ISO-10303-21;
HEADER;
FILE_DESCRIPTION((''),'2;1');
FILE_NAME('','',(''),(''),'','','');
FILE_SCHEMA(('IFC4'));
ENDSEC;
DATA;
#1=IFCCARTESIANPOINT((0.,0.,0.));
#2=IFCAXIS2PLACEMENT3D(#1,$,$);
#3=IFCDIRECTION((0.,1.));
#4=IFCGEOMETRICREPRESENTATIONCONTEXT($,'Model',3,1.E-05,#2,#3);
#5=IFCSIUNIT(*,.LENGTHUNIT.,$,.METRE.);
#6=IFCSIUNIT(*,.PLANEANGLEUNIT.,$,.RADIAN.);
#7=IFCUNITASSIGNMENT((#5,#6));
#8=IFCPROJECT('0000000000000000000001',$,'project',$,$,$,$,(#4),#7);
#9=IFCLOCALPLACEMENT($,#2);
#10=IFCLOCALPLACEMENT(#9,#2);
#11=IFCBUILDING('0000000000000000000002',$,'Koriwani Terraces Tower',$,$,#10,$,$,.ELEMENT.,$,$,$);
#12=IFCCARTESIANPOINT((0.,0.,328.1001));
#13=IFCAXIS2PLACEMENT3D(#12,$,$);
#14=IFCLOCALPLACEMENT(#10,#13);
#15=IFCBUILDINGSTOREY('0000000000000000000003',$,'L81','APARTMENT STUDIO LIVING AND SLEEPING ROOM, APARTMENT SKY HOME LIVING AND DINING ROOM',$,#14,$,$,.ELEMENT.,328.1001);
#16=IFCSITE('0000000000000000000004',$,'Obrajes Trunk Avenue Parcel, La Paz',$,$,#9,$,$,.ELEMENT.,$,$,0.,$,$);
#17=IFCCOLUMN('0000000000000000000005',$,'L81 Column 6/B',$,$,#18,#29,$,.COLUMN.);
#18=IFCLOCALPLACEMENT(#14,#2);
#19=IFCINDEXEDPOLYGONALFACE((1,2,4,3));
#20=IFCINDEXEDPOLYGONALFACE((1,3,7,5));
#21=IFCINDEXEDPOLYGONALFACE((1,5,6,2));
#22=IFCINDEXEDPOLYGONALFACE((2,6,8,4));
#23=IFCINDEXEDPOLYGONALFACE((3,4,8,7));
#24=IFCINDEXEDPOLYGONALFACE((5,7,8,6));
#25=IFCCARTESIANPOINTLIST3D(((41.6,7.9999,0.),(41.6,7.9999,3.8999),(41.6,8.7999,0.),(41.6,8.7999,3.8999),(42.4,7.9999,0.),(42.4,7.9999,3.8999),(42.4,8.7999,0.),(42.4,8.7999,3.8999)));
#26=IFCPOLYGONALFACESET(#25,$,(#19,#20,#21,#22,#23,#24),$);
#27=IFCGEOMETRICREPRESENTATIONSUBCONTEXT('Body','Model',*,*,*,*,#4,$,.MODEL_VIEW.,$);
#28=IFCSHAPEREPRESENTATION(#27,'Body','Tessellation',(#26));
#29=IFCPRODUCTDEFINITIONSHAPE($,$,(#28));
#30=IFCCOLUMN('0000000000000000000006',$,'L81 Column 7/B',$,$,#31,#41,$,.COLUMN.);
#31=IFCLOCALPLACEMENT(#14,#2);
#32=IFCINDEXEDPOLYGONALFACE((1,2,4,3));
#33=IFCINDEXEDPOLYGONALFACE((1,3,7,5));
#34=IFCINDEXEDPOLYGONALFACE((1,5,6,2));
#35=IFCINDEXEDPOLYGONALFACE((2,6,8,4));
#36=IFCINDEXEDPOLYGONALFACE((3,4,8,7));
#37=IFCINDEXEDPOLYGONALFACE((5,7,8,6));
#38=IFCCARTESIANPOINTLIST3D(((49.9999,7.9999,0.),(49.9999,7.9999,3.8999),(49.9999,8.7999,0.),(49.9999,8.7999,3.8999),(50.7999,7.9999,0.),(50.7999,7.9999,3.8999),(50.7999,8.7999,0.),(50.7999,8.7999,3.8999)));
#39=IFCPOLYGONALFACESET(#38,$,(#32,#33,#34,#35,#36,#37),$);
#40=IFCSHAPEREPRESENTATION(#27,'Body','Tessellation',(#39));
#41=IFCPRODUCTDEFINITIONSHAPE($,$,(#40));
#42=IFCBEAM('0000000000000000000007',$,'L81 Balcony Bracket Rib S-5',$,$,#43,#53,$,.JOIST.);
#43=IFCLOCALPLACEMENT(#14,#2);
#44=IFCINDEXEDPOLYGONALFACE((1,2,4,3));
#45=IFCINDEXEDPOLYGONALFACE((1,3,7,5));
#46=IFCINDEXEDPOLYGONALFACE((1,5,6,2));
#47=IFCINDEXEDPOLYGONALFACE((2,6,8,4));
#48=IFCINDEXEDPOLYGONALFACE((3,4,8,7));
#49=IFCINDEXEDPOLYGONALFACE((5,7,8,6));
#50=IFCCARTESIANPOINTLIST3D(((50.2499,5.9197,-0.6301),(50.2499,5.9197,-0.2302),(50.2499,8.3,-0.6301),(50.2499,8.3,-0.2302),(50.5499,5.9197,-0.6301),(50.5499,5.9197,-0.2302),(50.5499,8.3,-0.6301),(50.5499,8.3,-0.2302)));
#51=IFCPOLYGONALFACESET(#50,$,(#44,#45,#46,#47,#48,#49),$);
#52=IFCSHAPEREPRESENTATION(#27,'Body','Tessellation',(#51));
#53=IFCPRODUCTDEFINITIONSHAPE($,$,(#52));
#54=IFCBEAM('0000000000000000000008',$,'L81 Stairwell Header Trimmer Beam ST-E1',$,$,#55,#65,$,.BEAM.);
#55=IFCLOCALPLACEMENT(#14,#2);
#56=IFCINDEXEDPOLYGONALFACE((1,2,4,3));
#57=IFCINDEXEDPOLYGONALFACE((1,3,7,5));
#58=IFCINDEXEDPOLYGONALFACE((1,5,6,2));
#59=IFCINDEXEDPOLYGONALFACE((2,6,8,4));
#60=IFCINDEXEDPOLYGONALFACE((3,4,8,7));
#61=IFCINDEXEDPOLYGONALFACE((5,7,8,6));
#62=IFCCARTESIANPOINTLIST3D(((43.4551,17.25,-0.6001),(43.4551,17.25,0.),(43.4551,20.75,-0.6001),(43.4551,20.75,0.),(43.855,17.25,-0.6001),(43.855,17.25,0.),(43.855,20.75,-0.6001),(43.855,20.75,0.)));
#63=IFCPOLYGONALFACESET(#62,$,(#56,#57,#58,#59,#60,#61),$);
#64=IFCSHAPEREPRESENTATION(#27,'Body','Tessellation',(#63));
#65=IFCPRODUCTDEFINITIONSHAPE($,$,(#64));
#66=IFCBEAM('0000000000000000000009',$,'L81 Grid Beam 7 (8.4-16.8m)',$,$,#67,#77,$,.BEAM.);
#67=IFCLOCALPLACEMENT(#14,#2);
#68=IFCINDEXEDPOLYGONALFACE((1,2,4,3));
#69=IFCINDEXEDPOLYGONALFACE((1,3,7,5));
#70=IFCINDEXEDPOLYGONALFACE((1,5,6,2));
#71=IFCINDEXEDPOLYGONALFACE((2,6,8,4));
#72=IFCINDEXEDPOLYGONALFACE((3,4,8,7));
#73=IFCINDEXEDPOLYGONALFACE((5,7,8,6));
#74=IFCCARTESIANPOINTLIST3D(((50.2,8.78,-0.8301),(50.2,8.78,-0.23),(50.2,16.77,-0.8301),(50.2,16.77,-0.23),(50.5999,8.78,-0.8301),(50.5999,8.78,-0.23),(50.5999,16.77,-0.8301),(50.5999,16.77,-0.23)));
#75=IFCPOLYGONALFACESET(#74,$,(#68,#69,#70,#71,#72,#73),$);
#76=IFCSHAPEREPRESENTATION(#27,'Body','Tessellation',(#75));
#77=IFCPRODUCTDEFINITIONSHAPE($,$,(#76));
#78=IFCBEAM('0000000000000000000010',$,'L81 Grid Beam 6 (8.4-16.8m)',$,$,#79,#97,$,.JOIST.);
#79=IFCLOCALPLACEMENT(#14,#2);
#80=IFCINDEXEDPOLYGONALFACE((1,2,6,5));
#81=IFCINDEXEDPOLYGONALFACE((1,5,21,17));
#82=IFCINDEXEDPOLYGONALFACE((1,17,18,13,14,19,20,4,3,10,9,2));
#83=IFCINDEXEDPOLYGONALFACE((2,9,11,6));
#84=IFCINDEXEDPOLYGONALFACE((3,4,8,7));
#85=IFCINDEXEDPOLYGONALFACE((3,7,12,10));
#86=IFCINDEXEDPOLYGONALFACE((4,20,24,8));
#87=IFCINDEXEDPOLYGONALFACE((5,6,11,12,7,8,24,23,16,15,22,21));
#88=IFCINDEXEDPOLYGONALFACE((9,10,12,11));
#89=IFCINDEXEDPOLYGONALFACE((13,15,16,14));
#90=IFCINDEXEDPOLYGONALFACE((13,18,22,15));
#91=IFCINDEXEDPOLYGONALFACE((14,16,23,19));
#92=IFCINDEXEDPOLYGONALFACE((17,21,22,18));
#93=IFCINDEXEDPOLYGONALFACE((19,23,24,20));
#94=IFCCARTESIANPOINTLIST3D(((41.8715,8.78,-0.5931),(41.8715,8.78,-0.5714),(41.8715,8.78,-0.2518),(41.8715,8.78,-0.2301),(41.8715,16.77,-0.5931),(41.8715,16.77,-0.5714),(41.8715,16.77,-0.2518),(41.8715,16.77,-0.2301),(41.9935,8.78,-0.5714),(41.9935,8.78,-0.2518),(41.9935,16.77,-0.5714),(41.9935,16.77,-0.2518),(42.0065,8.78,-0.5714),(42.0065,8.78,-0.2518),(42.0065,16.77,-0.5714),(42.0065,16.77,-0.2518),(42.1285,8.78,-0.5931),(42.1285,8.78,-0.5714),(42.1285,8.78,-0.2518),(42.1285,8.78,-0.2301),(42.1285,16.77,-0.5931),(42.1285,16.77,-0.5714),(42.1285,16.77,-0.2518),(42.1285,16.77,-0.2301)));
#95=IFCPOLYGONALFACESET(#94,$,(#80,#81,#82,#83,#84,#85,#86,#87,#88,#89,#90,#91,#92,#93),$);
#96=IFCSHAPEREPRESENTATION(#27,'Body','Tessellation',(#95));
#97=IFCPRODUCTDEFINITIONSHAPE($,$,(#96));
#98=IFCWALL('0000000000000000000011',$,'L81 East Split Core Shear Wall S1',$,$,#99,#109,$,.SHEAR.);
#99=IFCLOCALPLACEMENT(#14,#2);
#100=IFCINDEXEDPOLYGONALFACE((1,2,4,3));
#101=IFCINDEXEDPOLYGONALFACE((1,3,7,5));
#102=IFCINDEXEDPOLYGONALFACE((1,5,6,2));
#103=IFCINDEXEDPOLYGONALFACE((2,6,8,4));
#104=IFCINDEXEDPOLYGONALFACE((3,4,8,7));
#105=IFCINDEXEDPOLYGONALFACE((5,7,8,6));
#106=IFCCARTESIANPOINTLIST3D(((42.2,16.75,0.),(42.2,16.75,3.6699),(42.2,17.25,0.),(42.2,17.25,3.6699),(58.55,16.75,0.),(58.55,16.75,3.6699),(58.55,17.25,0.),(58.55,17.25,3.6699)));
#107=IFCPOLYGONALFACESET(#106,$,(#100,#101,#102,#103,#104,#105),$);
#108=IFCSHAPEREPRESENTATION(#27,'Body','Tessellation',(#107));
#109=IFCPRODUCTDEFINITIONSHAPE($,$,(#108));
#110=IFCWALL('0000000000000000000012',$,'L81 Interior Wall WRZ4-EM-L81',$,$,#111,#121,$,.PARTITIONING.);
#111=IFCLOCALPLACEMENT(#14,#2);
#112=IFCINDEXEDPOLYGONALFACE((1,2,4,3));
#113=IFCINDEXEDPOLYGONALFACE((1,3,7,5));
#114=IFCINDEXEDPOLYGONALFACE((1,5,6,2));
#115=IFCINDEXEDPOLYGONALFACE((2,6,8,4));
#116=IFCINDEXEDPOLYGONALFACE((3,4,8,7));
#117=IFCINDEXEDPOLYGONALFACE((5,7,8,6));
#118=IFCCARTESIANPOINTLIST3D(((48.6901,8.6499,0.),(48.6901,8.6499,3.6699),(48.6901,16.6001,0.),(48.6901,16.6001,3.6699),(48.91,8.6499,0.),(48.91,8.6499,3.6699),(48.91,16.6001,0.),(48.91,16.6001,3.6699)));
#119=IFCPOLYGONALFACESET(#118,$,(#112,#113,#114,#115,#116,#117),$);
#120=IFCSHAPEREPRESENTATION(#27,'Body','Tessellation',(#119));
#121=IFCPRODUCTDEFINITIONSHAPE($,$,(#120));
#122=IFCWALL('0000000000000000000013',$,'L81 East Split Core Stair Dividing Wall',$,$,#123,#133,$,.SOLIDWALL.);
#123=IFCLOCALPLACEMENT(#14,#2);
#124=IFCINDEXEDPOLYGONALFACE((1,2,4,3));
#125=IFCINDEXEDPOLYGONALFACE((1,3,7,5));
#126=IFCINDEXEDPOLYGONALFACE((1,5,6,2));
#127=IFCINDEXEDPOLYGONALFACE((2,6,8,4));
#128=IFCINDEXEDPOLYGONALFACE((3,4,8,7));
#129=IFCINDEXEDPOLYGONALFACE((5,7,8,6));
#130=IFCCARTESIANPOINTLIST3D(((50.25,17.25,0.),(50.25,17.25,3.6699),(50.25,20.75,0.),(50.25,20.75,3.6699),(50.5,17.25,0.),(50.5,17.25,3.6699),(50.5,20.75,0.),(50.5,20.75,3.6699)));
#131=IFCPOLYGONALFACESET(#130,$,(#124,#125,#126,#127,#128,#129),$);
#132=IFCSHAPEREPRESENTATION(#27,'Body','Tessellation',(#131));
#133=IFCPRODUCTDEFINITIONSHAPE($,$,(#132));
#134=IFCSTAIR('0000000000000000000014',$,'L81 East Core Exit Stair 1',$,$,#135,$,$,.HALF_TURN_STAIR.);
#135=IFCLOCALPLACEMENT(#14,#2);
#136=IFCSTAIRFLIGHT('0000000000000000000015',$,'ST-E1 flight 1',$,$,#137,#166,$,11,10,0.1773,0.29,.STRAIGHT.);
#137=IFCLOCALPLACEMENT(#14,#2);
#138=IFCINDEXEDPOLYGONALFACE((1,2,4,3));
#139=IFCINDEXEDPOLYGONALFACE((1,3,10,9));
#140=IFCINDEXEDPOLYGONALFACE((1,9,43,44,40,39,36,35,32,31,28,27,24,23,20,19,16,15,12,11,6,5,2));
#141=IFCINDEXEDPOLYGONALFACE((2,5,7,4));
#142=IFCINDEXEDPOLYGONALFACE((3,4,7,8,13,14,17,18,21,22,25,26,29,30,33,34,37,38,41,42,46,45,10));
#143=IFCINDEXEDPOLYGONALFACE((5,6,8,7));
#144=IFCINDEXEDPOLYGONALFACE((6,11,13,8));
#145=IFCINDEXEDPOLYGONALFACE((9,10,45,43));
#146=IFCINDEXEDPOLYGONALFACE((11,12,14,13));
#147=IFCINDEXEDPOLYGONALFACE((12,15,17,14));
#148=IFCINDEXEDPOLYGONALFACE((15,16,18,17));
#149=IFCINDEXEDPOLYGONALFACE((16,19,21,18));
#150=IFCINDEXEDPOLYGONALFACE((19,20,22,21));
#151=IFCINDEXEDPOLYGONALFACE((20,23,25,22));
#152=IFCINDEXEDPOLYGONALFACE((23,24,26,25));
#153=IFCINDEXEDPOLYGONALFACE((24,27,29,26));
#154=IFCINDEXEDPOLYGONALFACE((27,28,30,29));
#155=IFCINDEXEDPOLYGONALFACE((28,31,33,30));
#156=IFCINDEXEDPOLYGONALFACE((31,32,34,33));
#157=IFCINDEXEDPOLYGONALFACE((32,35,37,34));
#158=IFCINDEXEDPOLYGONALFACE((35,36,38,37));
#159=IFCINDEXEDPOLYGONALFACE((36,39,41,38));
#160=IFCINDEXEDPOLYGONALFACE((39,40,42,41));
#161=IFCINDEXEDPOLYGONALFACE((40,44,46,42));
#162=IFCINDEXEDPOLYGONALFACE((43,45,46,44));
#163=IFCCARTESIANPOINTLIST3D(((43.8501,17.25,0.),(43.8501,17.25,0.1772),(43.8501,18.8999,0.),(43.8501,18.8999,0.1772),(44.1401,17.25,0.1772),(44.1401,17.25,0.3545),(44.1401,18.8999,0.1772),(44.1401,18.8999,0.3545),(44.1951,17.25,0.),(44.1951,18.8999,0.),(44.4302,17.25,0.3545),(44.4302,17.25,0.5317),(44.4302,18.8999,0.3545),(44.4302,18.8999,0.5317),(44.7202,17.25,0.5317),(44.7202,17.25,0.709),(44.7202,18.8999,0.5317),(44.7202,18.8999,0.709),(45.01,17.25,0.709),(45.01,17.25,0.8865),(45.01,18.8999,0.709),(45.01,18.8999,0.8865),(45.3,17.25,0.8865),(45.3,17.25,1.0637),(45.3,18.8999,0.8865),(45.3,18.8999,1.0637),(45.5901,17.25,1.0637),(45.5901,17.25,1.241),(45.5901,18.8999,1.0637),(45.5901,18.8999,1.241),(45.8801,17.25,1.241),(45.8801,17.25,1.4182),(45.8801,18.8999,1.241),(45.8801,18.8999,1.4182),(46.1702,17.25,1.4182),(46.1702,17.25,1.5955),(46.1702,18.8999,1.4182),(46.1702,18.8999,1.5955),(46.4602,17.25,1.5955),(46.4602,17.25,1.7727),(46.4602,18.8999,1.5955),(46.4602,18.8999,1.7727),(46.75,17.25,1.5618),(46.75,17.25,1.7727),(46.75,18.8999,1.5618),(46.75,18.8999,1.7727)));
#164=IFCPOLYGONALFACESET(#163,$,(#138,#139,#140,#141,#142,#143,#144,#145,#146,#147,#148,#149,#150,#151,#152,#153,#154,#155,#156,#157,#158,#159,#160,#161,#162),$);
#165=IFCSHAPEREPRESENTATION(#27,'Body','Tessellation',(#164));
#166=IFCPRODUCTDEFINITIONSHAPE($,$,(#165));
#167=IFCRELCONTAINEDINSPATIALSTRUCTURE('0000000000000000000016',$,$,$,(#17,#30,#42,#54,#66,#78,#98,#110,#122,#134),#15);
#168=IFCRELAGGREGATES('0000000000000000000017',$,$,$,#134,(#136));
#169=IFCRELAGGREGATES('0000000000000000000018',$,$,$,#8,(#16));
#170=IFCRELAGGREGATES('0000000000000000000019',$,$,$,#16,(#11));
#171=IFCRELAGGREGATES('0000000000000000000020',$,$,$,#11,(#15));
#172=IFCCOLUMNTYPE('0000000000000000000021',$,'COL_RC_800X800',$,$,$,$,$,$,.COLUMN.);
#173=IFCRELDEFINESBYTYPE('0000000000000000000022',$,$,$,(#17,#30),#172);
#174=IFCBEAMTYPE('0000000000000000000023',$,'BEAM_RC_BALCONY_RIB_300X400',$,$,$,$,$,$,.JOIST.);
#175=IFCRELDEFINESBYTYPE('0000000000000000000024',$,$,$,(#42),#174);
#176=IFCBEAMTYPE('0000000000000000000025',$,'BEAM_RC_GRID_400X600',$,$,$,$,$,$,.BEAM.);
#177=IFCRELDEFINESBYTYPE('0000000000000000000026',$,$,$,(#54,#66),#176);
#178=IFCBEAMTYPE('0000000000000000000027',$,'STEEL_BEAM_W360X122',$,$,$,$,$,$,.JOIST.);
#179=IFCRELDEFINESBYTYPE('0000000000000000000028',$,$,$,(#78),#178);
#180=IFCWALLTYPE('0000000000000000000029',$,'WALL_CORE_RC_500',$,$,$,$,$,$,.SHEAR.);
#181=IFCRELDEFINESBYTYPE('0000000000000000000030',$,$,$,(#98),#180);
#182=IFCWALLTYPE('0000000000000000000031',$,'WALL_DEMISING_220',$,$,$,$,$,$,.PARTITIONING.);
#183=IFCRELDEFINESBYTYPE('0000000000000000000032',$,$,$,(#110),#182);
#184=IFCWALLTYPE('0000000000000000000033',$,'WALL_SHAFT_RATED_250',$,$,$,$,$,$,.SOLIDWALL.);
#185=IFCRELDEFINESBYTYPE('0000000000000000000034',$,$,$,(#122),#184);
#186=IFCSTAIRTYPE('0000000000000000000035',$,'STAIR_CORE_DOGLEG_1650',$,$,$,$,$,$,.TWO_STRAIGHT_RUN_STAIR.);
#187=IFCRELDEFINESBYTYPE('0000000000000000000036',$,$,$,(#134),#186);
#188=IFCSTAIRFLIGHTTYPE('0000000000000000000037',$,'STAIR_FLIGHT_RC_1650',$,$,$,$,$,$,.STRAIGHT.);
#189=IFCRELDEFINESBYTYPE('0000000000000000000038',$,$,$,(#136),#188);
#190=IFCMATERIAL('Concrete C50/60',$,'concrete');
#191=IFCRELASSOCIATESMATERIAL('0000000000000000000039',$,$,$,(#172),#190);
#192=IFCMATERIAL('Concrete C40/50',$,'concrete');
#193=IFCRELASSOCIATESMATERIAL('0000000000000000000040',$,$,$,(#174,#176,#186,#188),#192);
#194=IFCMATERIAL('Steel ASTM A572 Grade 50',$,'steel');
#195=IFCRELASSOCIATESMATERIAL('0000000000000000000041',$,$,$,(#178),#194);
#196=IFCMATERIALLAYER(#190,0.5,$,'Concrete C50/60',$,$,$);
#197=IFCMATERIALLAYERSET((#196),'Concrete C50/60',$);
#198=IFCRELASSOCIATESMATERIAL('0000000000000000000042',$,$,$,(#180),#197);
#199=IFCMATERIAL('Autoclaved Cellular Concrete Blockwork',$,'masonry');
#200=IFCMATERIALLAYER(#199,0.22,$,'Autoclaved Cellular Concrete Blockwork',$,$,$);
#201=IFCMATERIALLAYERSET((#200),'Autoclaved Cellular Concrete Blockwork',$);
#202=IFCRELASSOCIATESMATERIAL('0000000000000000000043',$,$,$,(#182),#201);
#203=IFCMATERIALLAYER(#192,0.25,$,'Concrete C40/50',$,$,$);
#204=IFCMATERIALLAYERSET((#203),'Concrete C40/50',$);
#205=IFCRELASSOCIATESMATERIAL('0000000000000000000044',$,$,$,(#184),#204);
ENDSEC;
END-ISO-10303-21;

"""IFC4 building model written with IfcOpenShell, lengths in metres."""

from ifc_helpers import new_model, si_unit, direction, frame, frame_2d, origin, origin_2d, place, context, subcontext, project, spatial, polyline, rectangle, i_section, outline, extrude, material, layer, layer_set, material_profile, profile_set, type_object, element, aggregate, save


model = new_model("IFC4")

# Units and contexts
model_context = context("Model", 3, precision=1e-05, world=origin(), true_north=direction((0.0, 1.0)))
body_context = subcontext(model_context, "Body", "Model", "MODEL_VIEW")
ifc_project = project(units=[si_unit("LENGTHUNIT", "METRE"), si_unit("PLANEANGLEUNIT", "RADIAN")], contexts=[model_context])

# Site, building, storey
site_placement = place(None, origin())
site = spatial("IfcSite", under=ifc_project, at=site_placement, Name="Obrajes Trunk Avenue Parcel, La Paz", CompositionType="ELEMENT", RefElevation=0.0)
building_placement = place(site_placement, origin())
building = spatial("IfcBuilding", under=site, at=building_placement, Name="Koriwani Terraces Tower", CompositionType="ELEMENT")
storey_placement = place(building_placement, frame((0.0, 0.0, 328.1001)))
storey = spatial("IfcBuildingStorey", under=building, at=storey_placement, Name="L81", Description="APARTMENT STUDIO LIVING AND SLEEPING ROOM, APARTMENT SKY HOME LIVING AND DINING ROOM", CompositionType="ELEMENT", Elevation=328.1001)

# Columns
ifc_material_1 = material(Name="Concrete C50/60", Category="concrete")
ifc_material_profile_1 = material_profile(ifc_material_1, rectangle(XDim=0.8, YDim=0.8, at=origin_2d()), Name="Concrete C50/60", Category="LoadBearing")
ifc_profile_set_1 = profile_set([ifc_material_profile_1], Name="Concrete C50/60")
column_type = type_object("IfcColumnType", Name="COL_RC_800X800", PredefinedType="COLUMN", material=ifc_profile_set_1)
for number, where, z_axis, x_axis, name in (
    (1, (42.0, 8.3999, 0.0), (0.0, 0.0, 1.0), (1.0, 0.0, 0.0), "L81 Column 6/B"),
    (2, (50.3999, 8.3999, 0.0), (0.0, 0.0, 1.0), (1.0, 0.0, 0.0), "L81 Column 7/B"),
):
    element("IfcColumn", number, at=place(storey_placement, frame(where, z_axis=z_axis, x_axis=x_axis)), inside=storey, type_object=column_type, Name=name, PredefinedType="COLUMN", context=body_context, shape_type="SweptSolid", body=[
        extrude(rectangle(XDim=0.8, YDim=0.8, at=origin_2d()), origin(), (0.0, 0.0, 1.0), 3.8999),
    ])

# Beams
ifc_material_2 = material(Name="Concrete C40/50", Category="concrete")
ifc_material_profile_2 = material_profile(ifc_material_2, rectangle(XDim=0.3, YDim=0.3999, at=origin_2d()), Name="Concrete C40/50", Category="LoadBearing")
ifc_profile_set_2 = profile_set([ifc_material_profile_2], Name="Concrete C40/50")
beam_type_1 = type_object("IfcBeamType", Name="BEAM_RC_BALCONY_RIB_300X400", PredefinedType="JOIST", material=ifc_profile_set_2)
beam_1_placement = place(storey_placement, frame((50.3999, 5.9197, -0.4302), z_axis=(0.0, 1.0, 0.0), x_axis=(-1.0, 0.0, 0.0)))
element("IfcBeam", 3, at=beam_1_placement, inside=storey, type_object=beam_type_1, Name="L81 Balcony Bracket Rib S-5", PredefinedType="JOIST", context=body_context, shape_type="SweptSolid", body=[
    extrude(rectangle(XDim=0.3, YDim=0.3999, at=origin_2d()), origin(), (0.0, 0.0, 1.0), 2.3804),
])
ifc_material_profile_3 = material_profile(ifc_material_2, rectangle(XDim=0.3999, YDim=0.6001, at=origin_2d()), Name="Concrete C40/50", Category="LoadBearing")
ifc_profile_set_3 = profile_set([ifc_material_profile_3], Name="Concrete C40/50")
beam_type_2 = type_object("IfcBeamType", Name="BEAM_RC_GRID_400X600", PredefinedType="BEAM", material=ifc_profile_set_3)
beam_2_placement = place(storey_placement, frame((43.655, 17.25, -0.3), z_axis=(0.0, 1.0, 0.0), x_axis=(-1.0, 0.0, 0.0)))
element("IfcBeam", 4, at=beam_2_placement, inside=storey, type_object=beam_type_2, Name="L81 Stairwell Header Trimmer Beam ST-E1", PredefinedType="BEAM", context=body_context, shape_type="SweptSolid", body=[
    extrude(rectangle(XDim=0.3999, YDim=0.6001, at=origin_2d()), origin(), (0.0, 0.0, 1.0), 3.5),
])
beam_3_placement = place(storey_placement, frame((50.3999, 8.78, -0.53), z_axis=(0.0, 1.0, 0.0), x_axis=(-1.0, 0.0, 0.0)))
element("IfcBeam", 5, at=beam_3_placement, inside=storey, type_object=beam_type_2, Name="L81 Grid Beam 7 (8.4-16.8m)", PredefinedType="BEAM", context=body_context, shape_type="SweptSolid", body=[
    extrude(rectangle(XDim=0.3999, YDim=0.6001, at=origin_2d()), origin(), (0.0, 0.0, 1.0), 7.99),
])
ifc_material_3 = material(Name="Steel ASTM A572 Grade 50", Category="steel")
ifc_material_profile_4 = material_profile(ifc_material_3, i_section(OverallWidth=0.2571, OverallDepth=0.363, WebThickness=0.0129, FlangeThickness=0.0217, at=origin_2d()), Name="Steel ASTM A572 Grade 50", Category="LoadBearing")
ifc_profile_set_4 = profile_set([ifc_material_profile_4], Name="Steel ASTM A572 Grade 50")
beam_type_3 = type_object("IfcBeamType", Name="STEEL_BEAM_W360X122", PredefinedType="JOIST", material=ifc_profile_set_4)
beam_4_placement = place(storey_placement, frame((42.0, 8.78, -0.4116), z_axis=(0.0, 1.0, 0.0), x_axis=(-1.0, 0.0, 0.0)))
element("IfcBeam", 6, at=beam_4_placement, inside=storey, type_object=beam_type_3, Name="L81 Grid Beam 6 (8.4-16.8m)", PredefinedType="JOIST", context=body_context, shape_type="SweptSolid", body=[
    extrude(i_section(OverallWidth=0.2571, OverallDepth=0.363, WebThickness=0.0129, FlangeThickness=0.0217, at=origin_2d()), origin(), (0.0, 0.0, 1.0), 7.99),
])

# Walls
ifc_layer_1 = layer(ifc_material_1, 0.5, Name="Concrete C50/60")
ifc_layer_set_1 = layer_set([ifc_layer_1], Name="Concrete C50/60")
wall_type_1 = type_object("IfcWallType", Name="WALL_CORE_RC_500", PredefinedType="SHEAR", material=ifc_layer_set_1)
wall_1_placement = place(storey_placement, frame((42.2, 17.0, 0.0), z_axis=(0.0, 0.0, 1.0), x_axis=(1.0, 0.0, 0.0)))
element("IfcWall", 7, at=wall_1_placement, inside=storey, type_object=wall_type_1, Name="L81 East Split Core Shear Wall S1", PredefinedType="SHEAR", context=body_context, shape_type="SweptSolid", body=[
    extrude(rectangle(XDim=16.3501, YDim=0.5, at=frame_2d((8.175, 0.0))), origin(), (0.0, 0.0, 1.0), 3.6699),
])
ifc_material_4 = material(Name="Autoclaved Cellular Concrete Blockwork", Category="masonry")
ifc_layer_2 = layer(ifc_material_4, 0.22, Name="Autoclaved Cellular Concrete Blockwork")
ifc_layer_set_2 = layer_set([ifc_layer_2], Name="Autoclaved Cellular Concrete Blockwork")
wall_type_2 = type_object("IfcWallType", Name="WALL_DEMISING_220", PredefinedType="PARTITIONING", material=ifc_layer_set_2)
wall_2_placement = place(storey_placement, frame((48.8, 8.6499, 0.0), z_axis=(0.0, 0.0, 1.0), x_axis=(0.0, 1.0, 0.0)))
element("IfcWall", 8, at=wall_2_placement, inside=storey, type_object=wall_type_2, Name="L81 Interior Wall WRZ4-EM-L81", PredefinedType="PARTITIONING", context=body_context, shape_type="SweptSolid", body=[
    extrude(rectangle(XDim=7.9502, YDim=0.22, at=frame_2d((3.9751, 0.0))), origin(), (0.0, 0.0, 1.0), 3.6699),
])
ifc_layer_3 = layer(ifc_material_2, 0.25, Name="Concrete C40/50")
ifc_layer_set_3 = layer_set([ifc_layer_3], Name="Concrete C40/50")
wall_type_3 = type_object("IfcWallType", Name="WALL_SHAFT_RATED_250", PredefinedType="SOLIDWALL", material=ifc_layer_set_3)
wall_3_placement = place(storey_placement, frame((50.375, 17.25, 0.0), z_axis=(0.0, 0.0, 1.0), x_axis=(0.0, 1.0, 0.0)))
element("IfcWall", 9, at=wall_3_placement, inside=storey, type_object=wall_type_3, Name="L81 East Split Core Stair Dividing Wall", PredefinedType="SOLIDWALL", context=body_context, shape_type="SweptSolid", body=[
    extrude(rectangle(XDim=3.5, YDim=0.25, at=frame_2d((1.75, 0.0))), origin(), (0.0, 0.0, 1.0), 3.6699),
])

# Stair, stair flight
stair_type = type_object("IfcStairType", Name="STAIR_CORE_DOGLEG_1650", PredefinedType="TWO_STRAIGHT_RUN_STAIR", material=ifc_material_2)
stair_placement = place(storey_placement, origin())
stair = element("IfcStair", 10, at=stair_placement, inside=storey, type_object=stair_type, Name="L81 East Core Exit Stair 1", PredefinedType="HALF_TURN_STAIR")
stair_flight_type = type_object("IfcStairFlightType", Name="STAIR_FLIGHT_RC_1650", PredefinedType="STRAIGHT", material=ifc_material_2)
stair_flight_placement = place(storey_placement, frame((43.8501, 18.075, 0.0), z_axis=(0.0, 0.0, 1.0), x_axis=(1.0, 0.0, 0.0)))
stair_flight = element("IfcStairFlight", 11, at=stair_flight_placement, type_object=stair_flight_type, Name="ST-E1 flight 1", NumberOfRisers=11, NumberOfTreads=10, PredefinedType="STRAIGHT", RiserHeight=0.1773, TreadLength=0.29, context=body_context, shape_type="SweptSolid", body=[
    extrude(outline(polyline([(0.0, 0.0), (0.0, 0.1772), (0.29, 0.1772), (0.29, 0.3545), (0.5801, 0.3545), (0.5801, 0.5317), (0.8701, 0.5317), (0.8701, 0.709), (1.1599, 0.709), (1.1599, 0.8865), (1.45, 0.8865), (1.45, 1.0637), (1.74, 1.0637), (1.74, 1.241), (2.03, 1.241), (2.03, 1.4182), (2.3201, 1.4182), (2.3201, 1.5955), (2.6101, 1.5955), (2.6101, 1.7727), (2.8999, 1.7727), (2.8999, 1.95), (2.8999, 1.5618), (0.345, 0.0), (0.0, 0.0)])), frame((0.0, 0.825, 0.0), z_axis=(0.0, -1.0, 0.0), x_axis=(1.0, 0.0, 0.0)), (0.0, 0.0, 1.0), 1.6499),
])
aggregate(stair, [stair_flight])

save(model, "model.ifc")
